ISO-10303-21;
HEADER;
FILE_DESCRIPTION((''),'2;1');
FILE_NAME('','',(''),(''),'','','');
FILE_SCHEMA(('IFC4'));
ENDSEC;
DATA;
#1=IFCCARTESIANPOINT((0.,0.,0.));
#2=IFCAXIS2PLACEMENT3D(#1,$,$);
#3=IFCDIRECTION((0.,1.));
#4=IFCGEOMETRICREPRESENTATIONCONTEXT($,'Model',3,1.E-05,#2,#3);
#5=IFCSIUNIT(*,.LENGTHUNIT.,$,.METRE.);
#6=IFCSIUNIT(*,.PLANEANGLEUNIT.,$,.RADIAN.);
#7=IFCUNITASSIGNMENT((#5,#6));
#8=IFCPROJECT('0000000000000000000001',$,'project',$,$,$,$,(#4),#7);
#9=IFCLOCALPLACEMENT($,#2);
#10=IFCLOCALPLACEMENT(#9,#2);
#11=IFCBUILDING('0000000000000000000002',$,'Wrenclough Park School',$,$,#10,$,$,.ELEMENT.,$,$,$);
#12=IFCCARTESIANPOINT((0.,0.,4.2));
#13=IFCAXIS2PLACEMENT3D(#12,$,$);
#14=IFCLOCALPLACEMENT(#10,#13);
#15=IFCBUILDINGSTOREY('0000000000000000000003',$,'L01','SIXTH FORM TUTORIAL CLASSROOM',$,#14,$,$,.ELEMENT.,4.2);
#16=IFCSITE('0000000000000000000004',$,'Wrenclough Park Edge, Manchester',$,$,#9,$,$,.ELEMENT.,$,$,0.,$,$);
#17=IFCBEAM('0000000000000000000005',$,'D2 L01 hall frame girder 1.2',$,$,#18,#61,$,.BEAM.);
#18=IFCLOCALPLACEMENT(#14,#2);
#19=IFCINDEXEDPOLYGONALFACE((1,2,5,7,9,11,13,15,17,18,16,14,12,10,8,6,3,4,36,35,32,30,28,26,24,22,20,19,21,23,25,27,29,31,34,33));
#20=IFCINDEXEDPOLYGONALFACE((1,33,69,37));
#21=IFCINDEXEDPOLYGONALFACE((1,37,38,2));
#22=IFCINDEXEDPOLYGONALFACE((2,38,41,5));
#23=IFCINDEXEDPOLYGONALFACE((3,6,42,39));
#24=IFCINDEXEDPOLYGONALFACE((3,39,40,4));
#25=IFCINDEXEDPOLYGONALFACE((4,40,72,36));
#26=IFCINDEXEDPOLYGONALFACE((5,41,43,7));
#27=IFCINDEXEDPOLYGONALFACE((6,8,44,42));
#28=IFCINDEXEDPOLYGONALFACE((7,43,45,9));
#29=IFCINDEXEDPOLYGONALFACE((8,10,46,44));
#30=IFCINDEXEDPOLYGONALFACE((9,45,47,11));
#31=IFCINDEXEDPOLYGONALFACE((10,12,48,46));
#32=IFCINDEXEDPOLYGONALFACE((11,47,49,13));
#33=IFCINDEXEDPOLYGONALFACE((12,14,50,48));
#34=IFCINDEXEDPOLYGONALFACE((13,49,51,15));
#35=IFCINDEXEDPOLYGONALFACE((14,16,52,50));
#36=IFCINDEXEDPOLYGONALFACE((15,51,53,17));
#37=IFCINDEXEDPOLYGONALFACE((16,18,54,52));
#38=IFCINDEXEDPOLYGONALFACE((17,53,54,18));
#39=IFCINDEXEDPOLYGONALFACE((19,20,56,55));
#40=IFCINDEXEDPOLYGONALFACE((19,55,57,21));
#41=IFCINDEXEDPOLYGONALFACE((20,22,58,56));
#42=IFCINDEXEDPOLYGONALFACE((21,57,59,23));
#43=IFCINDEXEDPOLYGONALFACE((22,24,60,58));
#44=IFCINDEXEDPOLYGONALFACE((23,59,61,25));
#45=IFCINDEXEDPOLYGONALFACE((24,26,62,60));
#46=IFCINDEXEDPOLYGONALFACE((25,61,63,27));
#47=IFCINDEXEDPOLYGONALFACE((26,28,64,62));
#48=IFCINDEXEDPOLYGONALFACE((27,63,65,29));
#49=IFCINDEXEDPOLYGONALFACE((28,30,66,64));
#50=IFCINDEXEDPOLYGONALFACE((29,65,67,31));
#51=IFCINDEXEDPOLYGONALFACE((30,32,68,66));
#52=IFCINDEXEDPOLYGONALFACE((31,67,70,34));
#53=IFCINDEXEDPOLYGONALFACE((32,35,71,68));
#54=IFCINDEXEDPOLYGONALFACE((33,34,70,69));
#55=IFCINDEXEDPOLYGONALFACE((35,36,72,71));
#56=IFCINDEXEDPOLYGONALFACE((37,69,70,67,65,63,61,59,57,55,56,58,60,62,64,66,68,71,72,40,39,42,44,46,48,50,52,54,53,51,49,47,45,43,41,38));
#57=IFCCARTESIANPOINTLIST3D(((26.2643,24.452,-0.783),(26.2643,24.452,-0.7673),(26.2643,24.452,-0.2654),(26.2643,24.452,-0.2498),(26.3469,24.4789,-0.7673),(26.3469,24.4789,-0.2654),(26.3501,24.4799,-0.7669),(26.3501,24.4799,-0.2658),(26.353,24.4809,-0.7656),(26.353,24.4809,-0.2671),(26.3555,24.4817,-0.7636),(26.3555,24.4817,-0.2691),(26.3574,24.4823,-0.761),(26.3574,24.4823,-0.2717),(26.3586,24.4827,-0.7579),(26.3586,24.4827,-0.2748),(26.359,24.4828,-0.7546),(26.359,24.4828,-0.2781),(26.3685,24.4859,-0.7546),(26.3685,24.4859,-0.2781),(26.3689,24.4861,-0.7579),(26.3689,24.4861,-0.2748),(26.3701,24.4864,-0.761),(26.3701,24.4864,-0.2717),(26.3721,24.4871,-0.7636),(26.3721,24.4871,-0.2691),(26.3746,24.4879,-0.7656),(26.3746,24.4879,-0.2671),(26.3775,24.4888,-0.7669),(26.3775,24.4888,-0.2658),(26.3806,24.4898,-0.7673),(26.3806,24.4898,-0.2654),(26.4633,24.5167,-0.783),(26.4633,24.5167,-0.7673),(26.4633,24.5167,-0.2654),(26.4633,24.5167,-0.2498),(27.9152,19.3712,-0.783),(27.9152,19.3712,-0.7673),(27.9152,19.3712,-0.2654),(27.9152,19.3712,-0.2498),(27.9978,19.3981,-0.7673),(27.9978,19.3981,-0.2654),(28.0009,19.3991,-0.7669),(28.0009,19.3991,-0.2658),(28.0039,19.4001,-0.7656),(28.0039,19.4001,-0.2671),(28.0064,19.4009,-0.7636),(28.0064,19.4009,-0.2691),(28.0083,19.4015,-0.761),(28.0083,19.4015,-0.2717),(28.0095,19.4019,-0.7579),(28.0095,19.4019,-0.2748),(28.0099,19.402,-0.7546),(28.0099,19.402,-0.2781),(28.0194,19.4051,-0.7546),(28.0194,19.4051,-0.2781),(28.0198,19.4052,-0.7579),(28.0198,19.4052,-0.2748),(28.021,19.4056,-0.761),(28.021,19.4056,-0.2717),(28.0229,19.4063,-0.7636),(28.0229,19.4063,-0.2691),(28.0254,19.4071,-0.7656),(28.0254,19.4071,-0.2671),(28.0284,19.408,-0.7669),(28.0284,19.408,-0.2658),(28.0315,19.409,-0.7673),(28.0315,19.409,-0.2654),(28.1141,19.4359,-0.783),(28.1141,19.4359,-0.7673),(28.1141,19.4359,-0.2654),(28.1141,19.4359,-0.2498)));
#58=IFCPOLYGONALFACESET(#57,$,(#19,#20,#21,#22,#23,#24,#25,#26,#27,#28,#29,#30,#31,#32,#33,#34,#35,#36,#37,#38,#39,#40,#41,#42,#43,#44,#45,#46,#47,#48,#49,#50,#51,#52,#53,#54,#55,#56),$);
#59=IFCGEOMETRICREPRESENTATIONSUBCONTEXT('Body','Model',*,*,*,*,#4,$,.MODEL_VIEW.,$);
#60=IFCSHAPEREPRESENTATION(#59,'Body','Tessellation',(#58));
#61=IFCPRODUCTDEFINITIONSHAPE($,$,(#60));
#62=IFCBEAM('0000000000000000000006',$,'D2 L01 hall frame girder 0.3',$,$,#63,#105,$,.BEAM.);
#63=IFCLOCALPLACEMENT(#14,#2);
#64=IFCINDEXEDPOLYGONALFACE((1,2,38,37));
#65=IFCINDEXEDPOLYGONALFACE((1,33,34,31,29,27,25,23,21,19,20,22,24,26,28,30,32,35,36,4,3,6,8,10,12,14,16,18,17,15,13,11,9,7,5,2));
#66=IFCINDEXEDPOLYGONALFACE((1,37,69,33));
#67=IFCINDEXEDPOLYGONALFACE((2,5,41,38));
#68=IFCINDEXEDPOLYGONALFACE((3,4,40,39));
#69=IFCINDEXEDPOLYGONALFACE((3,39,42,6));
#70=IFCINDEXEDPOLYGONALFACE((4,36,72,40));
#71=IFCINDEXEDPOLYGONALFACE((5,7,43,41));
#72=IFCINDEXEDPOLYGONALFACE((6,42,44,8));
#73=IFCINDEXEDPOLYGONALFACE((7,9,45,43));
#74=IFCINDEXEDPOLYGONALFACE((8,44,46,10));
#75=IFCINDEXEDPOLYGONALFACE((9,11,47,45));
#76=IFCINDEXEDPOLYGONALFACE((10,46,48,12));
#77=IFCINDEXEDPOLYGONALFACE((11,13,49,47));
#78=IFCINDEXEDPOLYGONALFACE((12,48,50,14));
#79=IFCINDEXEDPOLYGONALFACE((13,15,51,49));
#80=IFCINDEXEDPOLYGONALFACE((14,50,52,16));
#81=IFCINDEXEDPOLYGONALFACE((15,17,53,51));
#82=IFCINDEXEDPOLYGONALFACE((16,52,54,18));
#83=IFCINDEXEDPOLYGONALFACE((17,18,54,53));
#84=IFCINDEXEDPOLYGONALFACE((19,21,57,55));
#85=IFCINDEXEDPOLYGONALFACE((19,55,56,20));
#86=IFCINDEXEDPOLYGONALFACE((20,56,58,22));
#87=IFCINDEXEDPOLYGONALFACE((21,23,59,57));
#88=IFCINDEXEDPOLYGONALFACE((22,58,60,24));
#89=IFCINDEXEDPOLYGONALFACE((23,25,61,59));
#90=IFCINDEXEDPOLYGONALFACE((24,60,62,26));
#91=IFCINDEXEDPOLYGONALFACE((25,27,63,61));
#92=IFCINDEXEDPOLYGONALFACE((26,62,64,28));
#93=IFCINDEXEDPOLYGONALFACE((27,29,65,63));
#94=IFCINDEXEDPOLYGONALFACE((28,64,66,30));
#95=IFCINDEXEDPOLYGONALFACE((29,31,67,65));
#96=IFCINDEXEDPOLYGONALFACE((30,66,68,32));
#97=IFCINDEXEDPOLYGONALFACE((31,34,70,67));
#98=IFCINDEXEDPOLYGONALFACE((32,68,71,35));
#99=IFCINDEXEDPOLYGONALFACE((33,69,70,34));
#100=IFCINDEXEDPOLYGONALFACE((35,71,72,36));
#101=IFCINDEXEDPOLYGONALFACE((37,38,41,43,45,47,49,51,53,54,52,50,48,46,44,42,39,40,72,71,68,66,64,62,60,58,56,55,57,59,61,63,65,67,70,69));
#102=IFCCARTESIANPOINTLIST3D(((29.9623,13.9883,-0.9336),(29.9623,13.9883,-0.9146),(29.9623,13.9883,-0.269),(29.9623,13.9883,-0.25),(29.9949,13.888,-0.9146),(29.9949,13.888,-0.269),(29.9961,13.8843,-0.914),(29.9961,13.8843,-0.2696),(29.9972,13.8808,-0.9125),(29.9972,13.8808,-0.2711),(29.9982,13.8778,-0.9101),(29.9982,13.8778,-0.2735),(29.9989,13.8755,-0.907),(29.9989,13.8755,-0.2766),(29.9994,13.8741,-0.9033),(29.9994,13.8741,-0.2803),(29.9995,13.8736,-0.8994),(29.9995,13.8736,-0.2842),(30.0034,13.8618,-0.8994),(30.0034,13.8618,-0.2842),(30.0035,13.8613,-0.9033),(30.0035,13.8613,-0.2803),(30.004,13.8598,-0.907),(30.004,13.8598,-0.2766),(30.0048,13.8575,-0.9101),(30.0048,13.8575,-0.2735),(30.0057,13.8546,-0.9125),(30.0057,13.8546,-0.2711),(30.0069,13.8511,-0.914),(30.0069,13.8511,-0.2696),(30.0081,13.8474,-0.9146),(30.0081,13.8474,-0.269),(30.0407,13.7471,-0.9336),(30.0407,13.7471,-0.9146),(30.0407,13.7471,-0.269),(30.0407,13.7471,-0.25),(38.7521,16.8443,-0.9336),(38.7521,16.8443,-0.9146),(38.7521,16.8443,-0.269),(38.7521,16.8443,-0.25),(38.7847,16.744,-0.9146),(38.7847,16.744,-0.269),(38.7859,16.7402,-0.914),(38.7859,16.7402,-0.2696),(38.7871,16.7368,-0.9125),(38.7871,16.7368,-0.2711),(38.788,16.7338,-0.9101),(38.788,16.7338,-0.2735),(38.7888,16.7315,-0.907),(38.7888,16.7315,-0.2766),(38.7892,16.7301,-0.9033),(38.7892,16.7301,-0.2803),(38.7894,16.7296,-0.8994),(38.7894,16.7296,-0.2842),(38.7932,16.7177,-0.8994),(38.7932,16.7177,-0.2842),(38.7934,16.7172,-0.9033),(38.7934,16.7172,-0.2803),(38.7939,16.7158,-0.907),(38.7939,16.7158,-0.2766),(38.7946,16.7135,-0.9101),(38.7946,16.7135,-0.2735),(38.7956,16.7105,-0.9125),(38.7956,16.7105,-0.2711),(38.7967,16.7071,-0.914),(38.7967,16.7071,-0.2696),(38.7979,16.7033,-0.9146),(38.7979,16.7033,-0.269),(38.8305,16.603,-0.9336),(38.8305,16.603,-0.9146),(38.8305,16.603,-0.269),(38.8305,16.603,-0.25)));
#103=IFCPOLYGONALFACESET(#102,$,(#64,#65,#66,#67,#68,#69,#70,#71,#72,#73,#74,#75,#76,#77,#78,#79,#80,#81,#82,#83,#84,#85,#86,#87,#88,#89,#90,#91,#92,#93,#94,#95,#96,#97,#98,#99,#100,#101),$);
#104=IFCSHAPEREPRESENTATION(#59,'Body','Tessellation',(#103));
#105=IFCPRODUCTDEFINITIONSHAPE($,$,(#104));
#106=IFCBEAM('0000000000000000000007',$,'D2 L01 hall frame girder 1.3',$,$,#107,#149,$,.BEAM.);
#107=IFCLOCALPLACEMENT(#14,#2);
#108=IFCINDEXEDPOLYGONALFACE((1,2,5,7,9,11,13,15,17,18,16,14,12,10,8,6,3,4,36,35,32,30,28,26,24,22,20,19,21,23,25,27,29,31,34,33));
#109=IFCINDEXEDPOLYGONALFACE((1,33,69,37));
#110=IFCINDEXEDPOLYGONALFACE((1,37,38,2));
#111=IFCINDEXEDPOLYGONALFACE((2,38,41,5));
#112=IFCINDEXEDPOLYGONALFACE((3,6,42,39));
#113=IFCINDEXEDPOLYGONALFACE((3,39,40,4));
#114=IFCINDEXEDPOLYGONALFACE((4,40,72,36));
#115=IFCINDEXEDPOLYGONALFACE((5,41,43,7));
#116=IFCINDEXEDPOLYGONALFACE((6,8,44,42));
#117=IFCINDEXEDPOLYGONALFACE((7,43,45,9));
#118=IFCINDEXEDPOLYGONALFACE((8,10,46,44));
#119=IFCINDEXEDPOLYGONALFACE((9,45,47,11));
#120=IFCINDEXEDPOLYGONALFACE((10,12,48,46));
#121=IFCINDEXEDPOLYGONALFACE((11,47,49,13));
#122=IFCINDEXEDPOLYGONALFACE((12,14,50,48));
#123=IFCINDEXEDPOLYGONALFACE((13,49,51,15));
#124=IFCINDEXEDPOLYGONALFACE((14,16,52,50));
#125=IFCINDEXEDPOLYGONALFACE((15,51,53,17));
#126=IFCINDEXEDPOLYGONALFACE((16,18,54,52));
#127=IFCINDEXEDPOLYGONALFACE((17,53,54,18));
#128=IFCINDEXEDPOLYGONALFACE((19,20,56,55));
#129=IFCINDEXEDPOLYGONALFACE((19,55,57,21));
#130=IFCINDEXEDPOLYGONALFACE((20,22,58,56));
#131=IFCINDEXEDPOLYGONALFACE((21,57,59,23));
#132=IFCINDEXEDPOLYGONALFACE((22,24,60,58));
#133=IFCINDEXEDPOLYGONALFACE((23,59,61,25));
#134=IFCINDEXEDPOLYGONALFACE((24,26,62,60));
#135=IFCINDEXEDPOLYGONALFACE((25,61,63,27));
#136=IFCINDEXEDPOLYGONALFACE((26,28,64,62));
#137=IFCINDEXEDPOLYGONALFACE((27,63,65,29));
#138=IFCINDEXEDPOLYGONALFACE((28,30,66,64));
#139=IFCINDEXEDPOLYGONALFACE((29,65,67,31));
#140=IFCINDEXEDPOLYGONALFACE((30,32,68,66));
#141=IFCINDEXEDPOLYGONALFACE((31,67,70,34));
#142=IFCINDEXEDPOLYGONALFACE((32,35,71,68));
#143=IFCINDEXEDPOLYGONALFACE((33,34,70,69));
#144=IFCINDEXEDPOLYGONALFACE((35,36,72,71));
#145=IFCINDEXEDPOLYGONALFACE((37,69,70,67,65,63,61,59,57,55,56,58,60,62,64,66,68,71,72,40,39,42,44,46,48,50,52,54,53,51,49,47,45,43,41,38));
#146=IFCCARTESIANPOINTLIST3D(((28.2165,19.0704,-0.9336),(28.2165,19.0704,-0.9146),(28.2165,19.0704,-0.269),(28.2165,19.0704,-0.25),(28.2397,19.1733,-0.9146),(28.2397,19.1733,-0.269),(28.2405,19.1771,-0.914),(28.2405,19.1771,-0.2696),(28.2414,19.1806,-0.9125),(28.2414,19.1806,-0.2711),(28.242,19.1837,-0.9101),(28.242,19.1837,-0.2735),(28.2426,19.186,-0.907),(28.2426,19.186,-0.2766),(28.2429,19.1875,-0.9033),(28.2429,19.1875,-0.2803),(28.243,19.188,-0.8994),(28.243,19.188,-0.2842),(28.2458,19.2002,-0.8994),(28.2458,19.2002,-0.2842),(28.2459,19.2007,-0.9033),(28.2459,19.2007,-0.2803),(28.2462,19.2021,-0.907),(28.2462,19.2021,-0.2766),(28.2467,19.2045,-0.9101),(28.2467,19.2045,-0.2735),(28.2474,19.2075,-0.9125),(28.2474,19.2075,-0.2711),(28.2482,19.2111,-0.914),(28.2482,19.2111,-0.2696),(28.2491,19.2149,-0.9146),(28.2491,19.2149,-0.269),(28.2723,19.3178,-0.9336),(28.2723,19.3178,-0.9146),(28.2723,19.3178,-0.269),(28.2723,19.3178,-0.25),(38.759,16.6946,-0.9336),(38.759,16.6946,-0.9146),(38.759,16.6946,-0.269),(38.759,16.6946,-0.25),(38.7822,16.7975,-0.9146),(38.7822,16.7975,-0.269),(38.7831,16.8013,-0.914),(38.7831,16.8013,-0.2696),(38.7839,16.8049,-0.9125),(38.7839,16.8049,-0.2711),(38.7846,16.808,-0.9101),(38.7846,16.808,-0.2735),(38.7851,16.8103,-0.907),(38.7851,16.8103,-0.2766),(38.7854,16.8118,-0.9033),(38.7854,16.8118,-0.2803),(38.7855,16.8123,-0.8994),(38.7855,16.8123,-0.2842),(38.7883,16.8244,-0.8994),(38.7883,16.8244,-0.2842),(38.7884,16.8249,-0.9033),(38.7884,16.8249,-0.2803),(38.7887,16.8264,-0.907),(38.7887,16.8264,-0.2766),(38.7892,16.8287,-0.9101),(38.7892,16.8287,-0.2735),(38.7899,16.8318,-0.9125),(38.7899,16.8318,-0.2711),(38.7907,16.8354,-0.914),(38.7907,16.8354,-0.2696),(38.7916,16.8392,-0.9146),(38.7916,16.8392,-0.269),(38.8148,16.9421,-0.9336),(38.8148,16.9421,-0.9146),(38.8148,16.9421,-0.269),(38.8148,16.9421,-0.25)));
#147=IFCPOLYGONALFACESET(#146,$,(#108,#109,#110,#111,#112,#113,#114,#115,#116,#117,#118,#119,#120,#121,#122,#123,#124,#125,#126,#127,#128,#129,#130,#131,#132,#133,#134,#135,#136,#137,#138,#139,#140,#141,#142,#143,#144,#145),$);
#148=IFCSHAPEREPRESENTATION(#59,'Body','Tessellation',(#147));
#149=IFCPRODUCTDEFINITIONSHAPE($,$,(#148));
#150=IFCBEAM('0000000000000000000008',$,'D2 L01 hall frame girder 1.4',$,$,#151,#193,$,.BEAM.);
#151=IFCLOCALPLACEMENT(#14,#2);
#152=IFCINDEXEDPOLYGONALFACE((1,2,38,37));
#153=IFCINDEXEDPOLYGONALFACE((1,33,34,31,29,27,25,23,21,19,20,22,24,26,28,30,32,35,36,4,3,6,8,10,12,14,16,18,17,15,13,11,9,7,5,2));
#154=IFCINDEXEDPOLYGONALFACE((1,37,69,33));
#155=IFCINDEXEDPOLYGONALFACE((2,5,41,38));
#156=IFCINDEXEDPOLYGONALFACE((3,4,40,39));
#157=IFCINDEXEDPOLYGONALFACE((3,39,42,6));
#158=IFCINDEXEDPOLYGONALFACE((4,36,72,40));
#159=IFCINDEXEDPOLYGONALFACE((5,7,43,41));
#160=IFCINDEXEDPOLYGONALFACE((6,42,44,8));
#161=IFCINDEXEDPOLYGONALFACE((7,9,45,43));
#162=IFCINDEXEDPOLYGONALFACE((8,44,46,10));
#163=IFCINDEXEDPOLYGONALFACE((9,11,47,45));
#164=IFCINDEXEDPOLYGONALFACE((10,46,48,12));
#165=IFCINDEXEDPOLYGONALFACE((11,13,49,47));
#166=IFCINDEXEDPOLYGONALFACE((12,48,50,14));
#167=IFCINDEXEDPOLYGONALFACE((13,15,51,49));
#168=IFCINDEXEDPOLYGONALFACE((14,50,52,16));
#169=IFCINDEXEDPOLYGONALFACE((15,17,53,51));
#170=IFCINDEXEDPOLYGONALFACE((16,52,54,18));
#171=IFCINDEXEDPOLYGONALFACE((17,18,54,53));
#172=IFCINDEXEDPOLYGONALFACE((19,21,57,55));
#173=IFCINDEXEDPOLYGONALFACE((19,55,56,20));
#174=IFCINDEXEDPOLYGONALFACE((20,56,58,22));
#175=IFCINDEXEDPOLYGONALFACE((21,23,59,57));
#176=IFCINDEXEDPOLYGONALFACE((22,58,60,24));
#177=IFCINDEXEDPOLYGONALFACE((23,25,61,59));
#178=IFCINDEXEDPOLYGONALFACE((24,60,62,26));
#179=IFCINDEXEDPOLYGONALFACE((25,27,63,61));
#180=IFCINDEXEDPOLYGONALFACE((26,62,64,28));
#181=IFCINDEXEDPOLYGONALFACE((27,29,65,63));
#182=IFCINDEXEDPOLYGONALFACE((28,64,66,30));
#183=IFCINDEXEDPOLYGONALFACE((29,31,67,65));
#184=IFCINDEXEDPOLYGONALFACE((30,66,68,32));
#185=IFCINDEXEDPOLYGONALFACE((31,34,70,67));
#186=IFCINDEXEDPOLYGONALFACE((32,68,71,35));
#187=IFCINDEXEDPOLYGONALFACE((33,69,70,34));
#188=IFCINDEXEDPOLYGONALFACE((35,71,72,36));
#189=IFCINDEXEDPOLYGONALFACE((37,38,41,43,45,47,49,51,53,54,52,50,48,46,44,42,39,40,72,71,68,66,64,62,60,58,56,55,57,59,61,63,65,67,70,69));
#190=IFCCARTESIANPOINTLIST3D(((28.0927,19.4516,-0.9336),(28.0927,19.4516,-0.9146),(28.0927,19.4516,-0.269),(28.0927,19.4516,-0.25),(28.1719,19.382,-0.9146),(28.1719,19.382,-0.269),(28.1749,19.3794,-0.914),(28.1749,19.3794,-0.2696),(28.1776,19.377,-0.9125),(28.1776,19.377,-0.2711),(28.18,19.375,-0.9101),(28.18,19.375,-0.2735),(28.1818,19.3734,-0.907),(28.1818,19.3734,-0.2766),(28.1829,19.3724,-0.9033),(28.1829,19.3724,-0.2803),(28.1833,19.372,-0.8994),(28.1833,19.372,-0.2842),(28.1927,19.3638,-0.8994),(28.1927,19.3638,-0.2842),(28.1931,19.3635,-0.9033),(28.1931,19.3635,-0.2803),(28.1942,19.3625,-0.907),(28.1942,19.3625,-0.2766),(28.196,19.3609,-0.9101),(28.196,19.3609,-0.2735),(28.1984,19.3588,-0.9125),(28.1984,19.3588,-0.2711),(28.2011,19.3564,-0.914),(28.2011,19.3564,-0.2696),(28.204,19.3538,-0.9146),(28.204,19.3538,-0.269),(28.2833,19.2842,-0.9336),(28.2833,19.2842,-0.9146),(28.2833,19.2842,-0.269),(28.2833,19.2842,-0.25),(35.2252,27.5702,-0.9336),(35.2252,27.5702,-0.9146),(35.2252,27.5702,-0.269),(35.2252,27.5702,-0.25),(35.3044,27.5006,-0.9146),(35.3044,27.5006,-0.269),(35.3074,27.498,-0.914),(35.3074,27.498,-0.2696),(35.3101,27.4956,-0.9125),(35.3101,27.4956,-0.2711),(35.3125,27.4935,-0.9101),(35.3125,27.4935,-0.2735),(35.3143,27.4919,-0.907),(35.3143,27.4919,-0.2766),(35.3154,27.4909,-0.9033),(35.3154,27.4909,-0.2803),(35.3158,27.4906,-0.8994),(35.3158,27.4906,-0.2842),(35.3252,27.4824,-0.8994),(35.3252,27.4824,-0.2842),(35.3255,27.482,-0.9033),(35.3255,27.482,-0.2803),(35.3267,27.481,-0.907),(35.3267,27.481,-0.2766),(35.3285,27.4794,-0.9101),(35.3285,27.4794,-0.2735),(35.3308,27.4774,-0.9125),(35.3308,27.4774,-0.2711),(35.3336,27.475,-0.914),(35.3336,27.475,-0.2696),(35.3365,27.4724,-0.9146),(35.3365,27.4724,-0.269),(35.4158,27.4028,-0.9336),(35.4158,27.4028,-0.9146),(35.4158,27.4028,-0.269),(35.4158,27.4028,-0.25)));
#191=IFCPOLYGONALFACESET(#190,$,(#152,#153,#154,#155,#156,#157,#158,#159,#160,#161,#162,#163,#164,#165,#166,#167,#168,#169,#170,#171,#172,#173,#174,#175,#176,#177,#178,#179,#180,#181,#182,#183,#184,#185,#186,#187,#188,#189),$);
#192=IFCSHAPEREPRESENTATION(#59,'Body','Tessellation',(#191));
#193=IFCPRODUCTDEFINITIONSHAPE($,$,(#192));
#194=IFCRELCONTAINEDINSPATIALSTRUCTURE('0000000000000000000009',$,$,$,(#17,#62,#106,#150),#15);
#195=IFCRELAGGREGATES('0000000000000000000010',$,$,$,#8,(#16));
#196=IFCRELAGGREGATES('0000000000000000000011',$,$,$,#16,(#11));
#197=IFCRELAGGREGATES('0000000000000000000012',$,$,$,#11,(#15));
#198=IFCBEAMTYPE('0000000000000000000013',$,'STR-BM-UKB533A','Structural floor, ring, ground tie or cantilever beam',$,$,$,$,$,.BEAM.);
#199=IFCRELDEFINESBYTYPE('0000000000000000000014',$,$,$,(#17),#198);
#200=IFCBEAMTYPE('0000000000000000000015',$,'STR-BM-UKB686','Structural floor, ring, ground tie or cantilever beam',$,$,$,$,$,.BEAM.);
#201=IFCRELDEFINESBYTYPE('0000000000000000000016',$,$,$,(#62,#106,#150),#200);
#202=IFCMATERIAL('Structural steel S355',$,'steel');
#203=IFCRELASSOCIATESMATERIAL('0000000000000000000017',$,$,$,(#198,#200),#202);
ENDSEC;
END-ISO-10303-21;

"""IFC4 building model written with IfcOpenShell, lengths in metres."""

from ifc_helpers import new_model, si_unit, direction, frame, origin, origin_2d, place, context, subcontext, project, spatial, i_section, extrude, material, material_profile, profile_set, type_object, element, save


model = new_model("IFC4")

# Units and contexts
model_context = context("Model", 3, precision=1e-05, world=origin(), true_north=direction((0.0, 1.0)))
body_context = subcontext(model_context, "Body", "Model", "MODEL_VIEW")
ifc_project = project(units=[si_unit("LENGTHUNIT", "METRE"), si_unit("PLANEANGLEUNIT", "RADIAN")], contexts=[model_context])

# Site, building, storey
site_placement = place(None, origin())
site = spatial("IfcSite", under=ifc_project, at=site_placement, Name="Wrenclough Park Edge, Manchester", CompositionType="ELEMENT", RefElevation=0.0)
building_placement = place(site_placement, origin())
building = spatial("IfcBuilding", under=site, at=building_placement, Name="Wrenclough Park School", CompositionType="ELEMENT")
storey_placement = place(building_placement, frame((0.0, 0.0, 4.2)))
storey = spatial("IfcBuildingStorey", under=building, at=storey_placement, Name="L01", Description="SIXTH FORM TUTORIAL CLASSROOM", CompositionType="ELEMENT", Elevation=4.2)

# Shared definitions
ifc_material_1 = material(Name="Structural steel S355", Category="steel")

# Beams
ifc_material_profile_1 = material_profile(ifc_material_1, i_section(OverallWidth=0.2092, OverallDepth=0.5332, WebThickness=0.01, FlangeThickness=0.0156, FilletRadius=0.0127, at=origin_2d()), Name="UKB 533x210x92")
ifc_profile_set_1 = profile_set([ifc_material_profile_1], Name="Structural steel S355")
beam_type_1 = type_object("IfcBeamType", Name="STR-BM-UKB533A", Description="Structural floor, ring, ground tie or cantilever beam", PredefinedType="BEAM", material=ifc_profile_set_1)
for number, where, z_axis, x_axis, name in (
    (1, (28.0146, 19.4036, -0.5164), (-0.309021, 0.951055, 0.0), (-0.951055, -0.309021, 0.0), "D2 L01 hall frame girder 1.2"),
):
    element("IfcBeam", number, at=place(storey_placement, frame(where, z_axis=z_axis, x_axis=x_axis)), inside=storey, type_object=beam_type_1, Name=name, PredefinedType="BEAM", context=body_context, shape_type="SweptSolid", body=[
        extrude(i_section(OverallWidth=0.2092, OverallDepth=0.5332, WebThickness=0.01, FlangeThickness=0.0156, FilletRadius=0.0127, at=origin_2d()), origin(), (0.0, 0.0, 1.0), 5.3423),
    ])
ifc_material_profile_2 = material_profile(ifc_material_1, i_section(OverallWidth=0.2537, OverallDepth=0.6836, WebThickness=0.0125, FlangeThickness=0.019, FilletRadius=0.0151, at=origin_2d()), Name="UKB 686x254x140")
ifc_profile_set_2 = profile_set([ifc_material_profile_2], Name="Structural steel S355")
beam_type_2 = type_object("IfcBeamType", Name="STR-BM-UKB686", Description="Structural floor, ring, ground tie or cantilever beam", PredefinedType="BEAM", material=ifc_profile_set_2)
beam_1_placement = place(storey_placement, frame((30.0015, 13.8677, -0.5918), z_axis=(0.951057, 0.309015, 0.0), x_axis=(-0.309015, 0.951057, 0.0)))
element("IfcBeam", 2, at=beam_1_placement, inside=storey, type_object=beam_type_2, Name="D2 L01 hall frame girder 0.3", PredefinedType="BEAM", context=body_context, shape_type="SweptSolid", body=[
    extrude(i_section(OverallWidth=0.2537, OverallDepth=0.6836, WebThickness=0.0125, FlangeThickness=0.019, FilletRadius=0.0151, at=origin_2d()), origin(), (0.0, 0.0, 1.0), 9.2422),
])
beam_2_placement = place(storey_placement, frame((28.2444, 19.1941, -0.5918), z_axis=(0.975537, -0.219836, 0.0), x_axis=(0.219836, 0.975537, 0.0)))
element("IfcBeam", 3, at=beam_2_placement, inside=storey, type_object=beam_type_2, Name="D2 L01 hall frame girder 1.3", PredefinedType="BEAM", context=body_context, shape_type="SweptSolid", body=[
    extrude(i_section(OverallWidth=0.2537, OverallDepth=0.6836, WebThickness=0.0125, FlangeThickness=0.019, FilletRadius=0.0151, at=origin_2d()), origin(), (0.0, 0.0, 1.0), 10.8069),
])
beam_3_placement = place(storey_placement, frame((28.188, 19.3679, -0.5918), z_axis=(0.66001, 0.751257, 0.0), x_axis=(-0.751257, 0.66001, 0.0)))
element("IfcBeam", 4, at=beam_3_placement, inside=storey, type_object=beam_type_2, Name="D2 L01 hall frame girder 1.4", PredefinedType="BEAM", context=body_context, shape_type="SweptSolid", body=[
    extrude(i_section(OverallWidth=0.2537, OverallDepth=0.6836, WebThickness=0.0125, FlangeThickness=0.019, FilletRadius=0.0151, at=origin_2d()), origin(), (0.0, 0.0, 1.0), 10.8066),
])

save(model, "model.ifc")
